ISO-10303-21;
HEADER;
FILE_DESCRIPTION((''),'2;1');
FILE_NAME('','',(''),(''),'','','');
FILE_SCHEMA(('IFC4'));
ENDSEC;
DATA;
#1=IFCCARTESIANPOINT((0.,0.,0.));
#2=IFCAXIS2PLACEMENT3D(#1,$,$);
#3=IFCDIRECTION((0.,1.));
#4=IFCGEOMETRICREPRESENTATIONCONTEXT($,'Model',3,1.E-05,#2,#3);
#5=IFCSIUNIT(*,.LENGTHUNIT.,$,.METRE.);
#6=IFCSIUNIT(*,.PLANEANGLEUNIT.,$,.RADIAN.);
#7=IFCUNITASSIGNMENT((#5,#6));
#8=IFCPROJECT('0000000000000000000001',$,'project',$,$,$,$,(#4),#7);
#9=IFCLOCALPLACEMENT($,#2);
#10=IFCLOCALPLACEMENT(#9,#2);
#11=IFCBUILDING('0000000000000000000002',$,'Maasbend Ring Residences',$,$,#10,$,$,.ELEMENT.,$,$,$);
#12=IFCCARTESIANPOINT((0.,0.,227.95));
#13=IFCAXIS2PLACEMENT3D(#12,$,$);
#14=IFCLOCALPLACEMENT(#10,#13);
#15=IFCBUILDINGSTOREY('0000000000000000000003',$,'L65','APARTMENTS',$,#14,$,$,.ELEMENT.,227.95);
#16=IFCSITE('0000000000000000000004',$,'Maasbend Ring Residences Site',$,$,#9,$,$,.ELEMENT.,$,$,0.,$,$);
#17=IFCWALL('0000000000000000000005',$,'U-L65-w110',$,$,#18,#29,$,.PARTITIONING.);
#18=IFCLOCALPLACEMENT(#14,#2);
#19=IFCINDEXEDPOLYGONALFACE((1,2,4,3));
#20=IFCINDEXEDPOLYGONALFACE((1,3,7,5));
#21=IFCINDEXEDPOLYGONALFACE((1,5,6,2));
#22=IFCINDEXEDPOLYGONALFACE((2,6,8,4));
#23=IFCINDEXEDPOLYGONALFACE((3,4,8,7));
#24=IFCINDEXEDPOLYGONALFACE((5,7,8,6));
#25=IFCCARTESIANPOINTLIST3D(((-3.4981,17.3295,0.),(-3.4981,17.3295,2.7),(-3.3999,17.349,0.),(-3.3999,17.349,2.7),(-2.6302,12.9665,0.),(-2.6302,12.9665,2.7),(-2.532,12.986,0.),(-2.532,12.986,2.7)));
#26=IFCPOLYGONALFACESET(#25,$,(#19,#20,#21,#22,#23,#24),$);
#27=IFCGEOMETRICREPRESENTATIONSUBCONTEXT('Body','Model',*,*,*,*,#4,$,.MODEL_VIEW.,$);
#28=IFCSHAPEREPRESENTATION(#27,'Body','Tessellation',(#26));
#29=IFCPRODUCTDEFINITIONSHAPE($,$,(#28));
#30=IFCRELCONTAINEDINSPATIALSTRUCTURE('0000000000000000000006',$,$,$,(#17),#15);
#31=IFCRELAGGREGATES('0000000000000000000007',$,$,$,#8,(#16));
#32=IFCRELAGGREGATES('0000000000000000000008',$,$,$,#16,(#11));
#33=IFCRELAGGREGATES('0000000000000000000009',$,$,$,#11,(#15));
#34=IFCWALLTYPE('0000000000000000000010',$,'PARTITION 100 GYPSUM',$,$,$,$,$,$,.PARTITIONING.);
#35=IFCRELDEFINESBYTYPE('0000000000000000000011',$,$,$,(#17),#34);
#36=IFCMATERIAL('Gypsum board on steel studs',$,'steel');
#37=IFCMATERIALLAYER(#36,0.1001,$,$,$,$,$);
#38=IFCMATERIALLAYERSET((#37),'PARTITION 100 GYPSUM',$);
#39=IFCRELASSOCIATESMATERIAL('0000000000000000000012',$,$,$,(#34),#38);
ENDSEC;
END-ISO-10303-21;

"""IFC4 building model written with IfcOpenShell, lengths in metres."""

from ifc_helpers import new_model, si_unit, direction, frame, frame_2d, origin, place, context, subcontext, project, spatial, rectangle, extrude, material, layer, layer_set, type_object, element, save


model = new_model("IFC4")

# Units and contexts
model_context = context("Model", 3, precision=1e-05, world=origin(), true_north=direction((0.0, 1.0)))
body_context = subcontext(model_context, "Body", "Model", "MODEL_VIEW")
ifc_project = project(units=[si_unit("LENGTHUNIT", "METRE"), si_unit("PLANEANGLEUNIT", "RADIAN")], contexts=[model_context])

# Site, building, storey
site_placement = place(None, origin())
site = spatial("IfcSite", under=ifc_project, at=site_placement, Name="Maasbend Ring Residences Site", CompositionType="ELEMENT", RefElevation=0.0)
building_placement = place(site_placement, origin())
building = spatial("IfcBuilding", under=site, at=building_placement, Name="Maasbend Ring Residences", CompositionType="ELEMENT")
storey_placement = place(building_placement, frame((0.0, 0.0, 227.95)))
storey = spatial("IfcBuildingStorey", under=building, at=storey_placement, Name="L65", Description="APARTMENTS", CompositionType="ELEMENT", Elevation=227.95)

# Shared definitions
ifc_material_1 = material(Name="Gypsum board on steel studs", Category="steel")
ifc_layer_1 = layer(ifc_material_1, 0.1001)
ifc_layer_set_1 = layer_set([ifc_layer_1], Name="PARTITION 100 GYPSUM")
wall_type_1 = type_object("IfcWallType", Name="PARTITION 100 GYPSUM", PredefinedType="PARTITIONING", material=ifc_layer_set_1)

# Wall
wall_1_placement = place(storey_placement, frame((-3.449, 17.3391, 0.0), z_axis=(0.0, 0.0, 1.0), x_axis=(0.195103, -0.980783, 0.0)))
element("IfcWall", 1, at=wall_1_placement, inside=storey, type_object=wall_type_1, Name="U-L65-w110", PredefinedType="PARTITIONING", context=body_context, shape_type="SweptSolid", body=[
    extrude(rectangle(XDim=4.4485, YDim=0.1001, at=frame_2d((2.2241, 0.0))), origin(), (0.0, 0.0, 1.0), 2.7),
])

save(model, "model.ifc")
